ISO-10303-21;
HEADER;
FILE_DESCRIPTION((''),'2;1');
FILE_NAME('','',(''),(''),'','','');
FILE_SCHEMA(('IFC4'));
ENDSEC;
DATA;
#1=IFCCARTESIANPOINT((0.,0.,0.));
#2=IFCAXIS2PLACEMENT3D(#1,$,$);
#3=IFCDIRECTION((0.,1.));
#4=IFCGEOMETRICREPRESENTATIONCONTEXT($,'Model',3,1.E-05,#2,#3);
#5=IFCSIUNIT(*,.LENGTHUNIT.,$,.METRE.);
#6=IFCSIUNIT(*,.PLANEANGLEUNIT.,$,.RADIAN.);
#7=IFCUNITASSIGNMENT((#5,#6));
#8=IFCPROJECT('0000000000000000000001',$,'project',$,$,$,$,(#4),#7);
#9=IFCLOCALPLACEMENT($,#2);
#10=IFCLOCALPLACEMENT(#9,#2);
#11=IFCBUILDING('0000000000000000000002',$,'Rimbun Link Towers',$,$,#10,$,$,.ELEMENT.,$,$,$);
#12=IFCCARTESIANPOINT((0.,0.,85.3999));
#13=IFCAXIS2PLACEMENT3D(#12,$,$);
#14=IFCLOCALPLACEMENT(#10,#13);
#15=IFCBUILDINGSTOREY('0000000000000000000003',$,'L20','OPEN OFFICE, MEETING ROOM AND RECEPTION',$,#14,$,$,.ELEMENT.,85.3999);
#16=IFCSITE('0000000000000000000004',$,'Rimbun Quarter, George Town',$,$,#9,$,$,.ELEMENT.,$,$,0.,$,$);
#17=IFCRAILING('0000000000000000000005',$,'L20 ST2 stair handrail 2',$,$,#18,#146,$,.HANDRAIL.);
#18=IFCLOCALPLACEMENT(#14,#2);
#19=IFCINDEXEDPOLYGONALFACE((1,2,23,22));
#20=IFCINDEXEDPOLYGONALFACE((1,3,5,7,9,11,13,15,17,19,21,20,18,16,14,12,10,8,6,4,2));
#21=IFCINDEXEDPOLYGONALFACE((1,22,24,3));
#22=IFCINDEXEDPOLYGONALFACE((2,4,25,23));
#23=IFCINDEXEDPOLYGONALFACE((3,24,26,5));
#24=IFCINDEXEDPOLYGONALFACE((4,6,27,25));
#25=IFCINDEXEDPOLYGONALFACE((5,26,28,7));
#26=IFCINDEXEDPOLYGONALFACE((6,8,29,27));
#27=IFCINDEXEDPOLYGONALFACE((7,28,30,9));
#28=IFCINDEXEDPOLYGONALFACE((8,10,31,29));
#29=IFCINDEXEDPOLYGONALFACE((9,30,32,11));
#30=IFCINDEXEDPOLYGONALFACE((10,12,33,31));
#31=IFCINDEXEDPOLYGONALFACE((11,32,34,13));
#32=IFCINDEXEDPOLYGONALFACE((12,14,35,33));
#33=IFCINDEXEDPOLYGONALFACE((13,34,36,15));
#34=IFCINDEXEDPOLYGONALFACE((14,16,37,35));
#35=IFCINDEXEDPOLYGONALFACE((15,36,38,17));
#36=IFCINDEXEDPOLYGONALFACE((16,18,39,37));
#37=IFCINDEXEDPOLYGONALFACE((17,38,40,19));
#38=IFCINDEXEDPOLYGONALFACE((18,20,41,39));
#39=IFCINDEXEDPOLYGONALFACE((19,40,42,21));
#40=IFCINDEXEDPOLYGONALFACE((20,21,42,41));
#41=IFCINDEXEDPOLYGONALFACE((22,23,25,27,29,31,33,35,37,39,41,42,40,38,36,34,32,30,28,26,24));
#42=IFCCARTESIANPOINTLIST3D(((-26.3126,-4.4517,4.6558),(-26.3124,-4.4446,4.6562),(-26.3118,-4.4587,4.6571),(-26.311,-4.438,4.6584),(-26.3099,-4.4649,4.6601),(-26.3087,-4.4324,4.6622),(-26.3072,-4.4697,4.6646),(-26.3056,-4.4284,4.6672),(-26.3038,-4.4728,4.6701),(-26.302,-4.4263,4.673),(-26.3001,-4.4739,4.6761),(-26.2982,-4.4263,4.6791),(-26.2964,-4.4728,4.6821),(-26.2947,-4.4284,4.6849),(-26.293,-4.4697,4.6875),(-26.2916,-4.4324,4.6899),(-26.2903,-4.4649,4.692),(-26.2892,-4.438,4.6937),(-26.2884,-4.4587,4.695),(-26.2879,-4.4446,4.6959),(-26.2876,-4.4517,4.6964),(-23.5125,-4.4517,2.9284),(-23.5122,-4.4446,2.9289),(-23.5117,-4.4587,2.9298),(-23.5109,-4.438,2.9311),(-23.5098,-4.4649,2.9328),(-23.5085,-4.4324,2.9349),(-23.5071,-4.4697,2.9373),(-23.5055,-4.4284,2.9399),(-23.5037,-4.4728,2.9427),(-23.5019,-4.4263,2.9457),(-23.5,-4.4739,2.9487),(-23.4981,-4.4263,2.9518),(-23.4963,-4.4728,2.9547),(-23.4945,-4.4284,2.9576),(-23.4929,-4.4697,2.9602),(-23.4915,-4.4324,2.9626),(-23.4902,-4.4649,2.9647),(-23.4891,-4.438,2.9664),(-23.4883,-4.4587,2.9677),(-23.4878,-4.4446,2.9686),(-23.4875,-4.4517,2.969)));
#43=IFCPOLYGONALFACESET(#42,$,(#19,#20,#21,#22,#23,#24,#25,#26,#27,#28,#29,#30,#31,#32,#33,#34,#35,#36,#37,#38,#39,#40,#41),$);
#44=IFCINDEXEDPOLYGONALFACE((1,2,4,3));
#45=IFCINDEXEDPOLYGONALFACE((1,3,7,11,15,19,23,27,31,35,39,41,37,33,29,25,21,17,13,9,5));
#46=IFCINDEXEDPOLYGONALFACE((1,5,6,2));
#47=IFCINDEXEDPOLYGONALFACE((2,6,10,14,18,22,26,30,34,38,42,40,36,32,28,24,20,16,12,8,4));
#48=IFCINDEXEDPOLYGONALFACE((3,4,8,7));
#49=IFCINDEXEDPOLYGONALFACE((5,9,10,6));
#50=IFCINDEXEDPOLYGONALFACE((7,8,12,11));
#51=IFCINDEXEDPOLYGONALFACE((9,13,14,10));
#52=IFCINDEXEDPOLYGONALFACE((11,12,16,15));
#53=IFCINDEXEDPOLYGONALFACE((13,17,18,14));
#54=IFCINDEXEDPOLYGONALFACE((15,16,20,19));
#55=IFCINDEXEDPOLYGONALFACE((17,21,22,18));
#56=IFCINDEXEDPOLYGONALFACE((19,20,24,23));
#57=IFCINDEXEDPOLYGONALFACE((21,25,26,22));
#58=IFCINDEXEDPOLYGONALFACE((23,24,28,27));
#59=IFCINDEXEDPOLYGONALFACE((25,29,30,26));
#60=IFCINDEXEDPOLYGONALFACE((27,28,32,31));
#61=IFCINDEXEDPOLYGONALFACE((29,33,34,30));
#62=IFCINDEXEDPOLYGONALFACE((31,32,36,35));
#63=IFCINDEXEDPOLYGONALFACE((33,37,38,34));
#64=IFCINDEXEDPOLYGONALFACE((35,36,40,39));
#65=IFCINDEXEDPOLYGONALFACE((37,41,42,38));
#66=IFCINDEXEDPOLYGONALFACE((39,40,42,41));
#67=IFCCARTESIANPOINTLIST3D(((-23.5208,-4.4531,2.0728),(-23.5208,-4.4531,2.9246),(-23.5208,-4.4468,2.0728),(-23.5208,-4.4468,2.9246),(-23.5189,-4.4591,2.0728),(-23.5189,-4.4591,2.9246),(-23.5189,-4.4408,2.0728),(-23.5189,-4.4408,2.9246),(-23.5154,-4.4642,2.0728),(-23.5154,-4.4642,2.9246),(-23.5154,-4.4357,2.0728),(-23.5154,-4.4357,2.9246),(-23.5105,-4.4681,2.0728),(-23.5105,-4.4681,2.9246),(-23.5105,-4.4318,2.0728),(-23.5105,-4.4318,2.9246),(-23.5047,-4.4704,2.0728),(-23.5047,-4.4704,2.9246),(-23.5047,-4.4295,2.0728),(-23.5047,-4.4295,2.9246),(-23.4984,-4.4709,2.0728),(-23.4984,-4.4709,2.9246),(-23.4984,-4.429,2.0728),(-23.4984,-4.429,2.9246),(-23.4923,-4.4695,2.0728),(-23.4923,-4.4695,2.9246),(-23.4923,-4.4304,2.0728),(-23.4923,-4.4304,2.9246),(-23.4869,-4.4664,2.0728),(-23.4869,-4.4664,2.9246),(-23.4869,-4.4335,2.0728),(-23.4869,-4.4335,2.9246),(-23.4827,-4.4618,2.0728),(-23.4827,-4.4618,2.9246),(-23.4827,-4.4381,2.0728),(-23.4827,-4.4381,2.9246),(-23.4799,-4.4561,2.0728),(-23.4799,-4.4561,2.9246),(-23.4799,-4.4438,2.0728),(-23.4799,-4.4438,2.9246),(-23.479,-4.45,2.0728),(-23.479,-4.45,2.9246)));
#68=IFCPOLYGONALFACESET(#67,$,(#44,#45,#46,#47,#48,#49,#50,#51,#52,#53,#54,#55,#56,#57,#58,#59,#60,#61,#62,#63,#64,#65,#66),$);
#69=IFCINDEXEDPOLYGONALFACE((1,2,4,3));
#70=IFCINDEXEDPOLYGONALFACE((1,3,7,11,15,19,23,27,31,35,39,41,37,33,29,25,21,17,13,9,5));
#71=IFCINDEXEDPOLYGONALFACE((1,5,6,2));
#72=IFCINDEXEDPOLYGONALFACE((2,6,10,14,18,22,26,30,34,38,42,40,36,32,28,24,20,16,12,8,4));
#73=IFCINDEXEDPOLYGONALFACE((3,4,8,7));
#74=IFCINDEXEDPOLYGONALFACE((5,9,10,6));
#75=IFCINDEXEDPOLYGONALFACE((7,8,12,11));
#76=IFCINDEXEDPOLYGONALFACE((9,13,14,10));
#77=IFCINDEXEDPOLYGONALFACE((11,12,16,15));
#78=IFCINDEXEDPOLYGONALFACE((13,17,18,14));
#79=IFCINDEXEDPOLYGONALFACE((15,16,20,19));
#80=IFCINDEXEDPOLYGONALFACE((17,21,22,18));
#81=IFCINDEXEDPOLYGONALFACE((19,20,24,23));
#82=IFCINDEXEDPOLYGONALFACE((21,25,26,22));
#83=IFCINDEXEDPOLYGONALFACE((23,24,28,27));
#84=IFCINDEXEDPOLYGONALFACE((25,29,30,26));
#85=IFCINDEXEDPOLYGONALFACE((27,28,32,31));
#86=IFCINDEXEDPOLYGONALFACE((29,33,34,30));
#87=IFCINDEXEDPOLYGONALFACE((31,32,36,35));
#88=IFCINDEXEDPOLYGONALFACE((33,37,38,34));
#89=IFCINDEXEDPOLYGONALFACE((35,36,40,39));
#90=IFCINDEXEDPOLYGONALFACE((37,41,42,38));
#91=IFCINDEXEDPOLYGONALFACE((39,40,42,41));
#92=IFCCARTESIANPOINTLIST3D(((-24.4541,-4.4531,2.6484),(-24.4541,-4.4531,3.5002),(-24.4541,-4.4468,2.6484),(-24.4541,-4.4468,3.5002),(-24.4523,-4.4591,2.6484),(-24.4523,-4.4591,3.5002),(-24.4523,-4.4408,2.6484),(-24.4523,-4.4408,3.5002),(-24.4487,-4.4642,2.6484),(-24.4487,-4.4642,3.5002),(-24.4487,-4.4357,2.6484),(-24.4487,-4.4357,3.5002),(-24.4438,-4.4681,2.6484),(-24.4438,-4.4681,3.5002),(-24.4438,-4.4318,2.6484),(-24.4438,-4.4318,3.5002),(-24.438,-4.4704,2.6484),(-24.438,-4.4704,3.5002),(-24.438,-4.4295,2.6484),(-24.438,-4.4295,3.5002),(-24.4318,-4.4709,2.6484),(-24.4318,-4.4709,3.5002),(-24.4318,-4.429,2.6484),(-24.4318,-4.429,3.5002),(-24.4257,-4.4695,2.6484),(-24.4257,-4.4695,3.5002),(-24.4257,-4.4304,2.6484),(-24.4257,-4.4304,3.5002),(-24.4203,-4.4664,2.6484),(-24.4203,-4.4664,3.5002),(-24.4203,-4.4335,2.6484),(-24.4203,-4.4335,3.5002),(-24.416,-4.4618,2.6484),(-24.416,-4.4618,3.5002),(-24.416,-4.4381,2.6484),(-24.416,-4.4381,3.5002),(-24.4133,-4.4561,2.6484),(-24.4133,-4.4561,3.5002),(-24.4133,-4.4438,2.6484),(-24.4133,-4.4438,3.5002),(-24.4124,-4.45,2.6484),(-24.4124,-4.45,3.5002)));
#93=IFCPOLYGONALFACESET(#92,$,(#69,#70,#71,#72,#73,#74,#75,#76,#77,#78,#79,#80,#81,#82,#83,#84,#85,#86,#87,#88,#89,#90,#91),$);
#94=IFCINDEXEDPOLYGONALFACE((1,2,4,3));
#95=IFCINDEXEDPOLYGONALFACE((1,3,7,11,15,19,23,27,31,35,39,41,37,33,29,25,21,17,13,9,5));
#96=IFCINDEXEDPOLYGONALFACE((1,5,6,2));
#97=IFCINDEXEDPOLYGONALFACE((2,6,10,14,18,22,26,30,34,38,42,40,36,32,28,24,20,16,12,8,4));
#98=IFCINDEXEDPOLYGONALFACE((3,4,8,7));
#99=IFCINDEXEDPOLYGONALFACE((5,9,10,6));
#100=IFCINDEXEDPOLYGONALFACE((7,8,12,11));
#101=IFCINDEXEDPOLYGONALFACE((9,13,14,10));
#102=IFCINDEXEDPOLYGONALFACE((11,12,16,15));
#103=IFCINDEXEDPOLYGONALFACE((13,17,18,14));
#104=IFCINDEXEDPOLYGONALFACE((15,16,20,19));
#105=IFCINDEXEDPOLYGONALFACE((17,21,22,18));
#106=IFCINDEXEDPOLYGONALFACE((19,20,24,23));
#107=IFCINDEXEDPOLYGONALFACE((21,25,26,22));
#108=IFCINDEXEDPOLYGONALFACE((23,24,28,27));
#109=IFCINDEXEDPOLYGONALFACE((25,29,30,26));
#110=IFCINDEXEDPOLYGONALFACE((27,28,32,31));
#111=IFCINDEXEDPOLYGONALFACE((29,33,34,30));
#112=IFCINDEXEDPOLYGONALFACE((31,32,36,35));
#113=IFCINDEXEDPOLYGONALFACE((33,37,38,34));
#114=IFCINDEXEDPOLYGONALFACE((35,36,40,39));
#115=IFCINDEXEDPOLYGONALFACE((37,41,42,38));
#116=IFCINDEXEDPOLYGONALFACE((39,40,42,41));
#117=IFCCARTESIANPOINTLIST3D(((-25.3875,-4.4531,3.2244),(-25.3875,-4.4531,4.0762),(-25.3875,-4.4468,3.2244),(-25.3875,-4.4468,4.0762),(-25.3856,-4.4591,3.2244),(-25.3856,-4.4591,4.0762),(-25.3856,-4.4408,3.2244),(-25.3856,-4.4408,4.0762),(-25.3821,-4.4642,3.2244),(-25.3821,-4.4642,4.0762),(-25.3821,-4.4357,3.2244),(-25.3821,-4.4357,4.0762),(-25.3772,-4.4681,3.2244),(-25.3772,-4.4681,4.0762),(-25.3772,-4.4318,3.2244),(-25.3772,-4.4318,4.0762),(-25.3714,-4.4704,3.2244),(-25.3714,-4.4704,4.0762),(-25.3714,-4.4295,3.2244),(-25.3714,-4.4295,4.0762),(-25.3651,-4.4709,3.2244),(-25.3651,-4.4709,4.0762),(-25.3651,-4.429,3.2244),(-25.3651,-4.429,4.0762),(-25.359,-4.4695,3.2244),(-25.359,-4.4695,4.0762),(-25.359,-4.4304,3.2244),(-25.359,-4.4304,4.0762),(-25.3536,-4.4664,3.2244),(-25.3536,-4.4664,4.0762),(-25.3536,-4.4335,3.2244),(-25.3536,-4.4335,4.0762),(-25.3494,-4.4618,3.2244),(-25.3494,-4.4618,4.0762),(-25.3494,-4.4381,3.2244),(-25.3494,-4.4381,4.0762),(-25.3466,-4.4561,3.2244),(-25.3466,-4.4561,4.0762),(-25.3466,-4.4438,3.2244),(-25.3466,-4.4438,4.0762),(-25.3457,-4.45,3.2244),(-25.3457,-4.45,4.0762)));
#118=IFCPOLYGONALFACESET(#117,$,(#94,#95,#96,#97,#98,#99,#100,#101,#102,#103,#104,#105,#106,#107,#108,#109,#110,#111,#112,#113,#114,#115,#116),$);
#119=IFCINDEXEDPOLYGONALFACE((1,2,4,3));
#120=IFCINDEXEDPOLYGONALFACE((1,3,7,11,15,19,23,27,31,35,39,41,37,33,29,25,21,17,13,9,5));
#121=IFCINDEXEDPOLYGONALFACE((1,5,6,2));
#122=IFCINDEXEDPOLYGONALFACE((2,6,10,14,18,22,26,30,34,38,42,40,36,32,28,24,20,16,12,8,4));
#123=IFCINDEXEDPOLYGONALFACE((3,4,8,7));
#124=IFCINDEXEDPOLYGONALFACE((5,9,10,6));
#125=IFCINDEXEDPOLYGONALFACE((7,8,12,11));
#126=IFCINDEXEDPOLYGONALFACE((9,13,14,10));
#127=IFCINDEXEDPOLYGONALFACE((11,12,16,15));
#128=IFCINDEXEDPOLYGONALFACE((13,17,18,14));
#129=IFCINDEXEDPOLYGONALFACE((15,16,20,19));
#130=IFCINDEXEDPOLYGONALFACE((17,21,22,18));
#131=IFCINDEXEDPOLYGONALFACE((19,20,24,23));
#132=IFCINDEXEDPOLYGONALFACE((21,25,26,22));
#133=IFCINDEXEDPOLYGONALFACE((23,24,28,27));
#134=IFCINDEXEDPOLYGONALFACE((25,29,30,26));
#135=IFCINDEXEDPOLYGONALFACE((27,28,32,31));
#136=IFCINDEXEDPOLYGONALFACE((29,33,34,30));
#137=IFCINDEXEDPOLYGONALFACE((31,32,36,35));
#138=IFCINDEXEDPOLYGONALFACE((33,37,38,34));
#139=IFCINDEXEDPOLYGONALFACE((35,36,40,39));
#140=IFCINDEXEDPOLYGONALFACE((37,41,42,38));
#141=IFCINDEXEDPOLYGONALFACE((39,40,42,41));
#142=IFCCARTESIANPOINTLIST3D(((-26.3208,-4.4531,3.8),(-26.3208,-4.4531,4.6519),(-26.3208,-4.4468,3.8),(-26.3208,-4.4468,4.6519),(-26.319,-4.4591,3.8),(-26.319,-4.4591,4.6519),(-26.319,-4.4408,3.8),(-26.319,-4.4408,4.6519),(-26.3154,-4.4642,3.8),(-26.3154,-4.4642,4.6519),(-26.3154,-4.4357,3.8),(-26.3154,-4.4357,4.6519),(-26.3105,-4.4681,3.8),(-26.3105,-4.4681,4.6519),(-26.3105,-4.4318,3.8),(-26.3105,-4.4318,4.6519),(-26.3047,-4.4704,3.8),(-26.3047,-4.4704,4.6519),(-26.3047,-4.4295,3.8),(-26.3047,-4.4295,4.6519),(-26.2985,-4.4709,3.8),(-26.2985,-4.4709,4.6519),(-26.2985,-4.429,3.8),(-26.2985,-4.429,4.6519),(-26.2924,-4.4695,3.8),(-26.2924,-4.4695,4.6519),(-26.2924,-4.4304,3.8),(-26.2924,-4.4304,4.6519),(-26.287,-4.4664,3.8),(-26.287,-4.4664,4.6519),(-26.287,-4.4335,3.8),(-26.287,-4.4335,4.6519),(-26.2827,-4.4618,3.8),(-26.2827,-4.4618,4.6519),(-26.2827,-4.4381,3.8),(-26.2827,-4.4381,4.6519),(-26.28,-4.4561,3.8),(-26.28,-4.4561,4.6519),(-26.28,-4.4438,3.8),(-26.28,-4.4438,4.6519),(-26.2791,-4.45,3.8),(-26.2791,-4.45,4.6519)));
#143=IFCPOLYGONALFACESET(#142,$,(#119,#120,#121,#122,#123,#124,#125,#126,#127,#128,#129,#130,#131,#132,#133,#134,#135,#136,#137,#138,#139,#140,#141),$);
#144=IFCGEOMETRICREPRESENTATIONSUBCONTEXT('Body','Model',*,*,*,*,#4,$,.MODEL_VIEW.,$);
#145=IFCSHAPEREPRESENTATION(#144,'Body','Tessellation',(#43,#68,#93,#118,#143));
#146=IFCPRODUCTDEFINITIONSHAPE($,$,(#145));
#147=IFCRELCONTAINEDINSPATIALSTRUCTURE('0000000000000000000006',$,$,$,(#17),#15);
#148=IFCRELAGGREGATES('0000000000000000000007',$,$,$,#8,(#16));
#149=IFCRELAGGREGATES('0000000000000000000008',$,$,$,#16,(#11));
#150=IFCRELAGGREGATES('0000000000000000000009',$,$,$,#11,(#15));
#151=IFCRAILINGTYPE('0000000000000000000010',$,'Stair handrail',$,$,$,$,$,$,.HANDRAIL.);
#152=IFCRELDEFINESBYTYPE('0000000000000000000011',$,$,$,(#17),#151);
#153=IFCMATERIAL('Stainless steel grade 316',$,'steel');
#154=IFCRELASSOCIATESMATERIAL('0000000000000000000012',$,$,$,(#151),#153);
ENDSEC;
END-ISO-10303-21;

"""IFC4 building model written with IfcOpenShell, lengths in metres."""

from ifc_helpers import new_model, si_unit, direction, frame, origin, origin_2d, place, context, subcontext, project, spatial, circle, extrude, material, type_object, element, save


model = new_model("IFC4")

# Units and contexts
model_context = context("Model", 3, precision=1e-05, world=origin(), true_north=direction((0.0, 1.0)))
body_context = subcontext(model_context, "Body", "Model", "MODEL_VIEW")
ifc_project = project(units=[si_unit("LENGTHUNIT", "METRE"), si_unit("PLANEANGLEUNIT", "RADIAN")], contexts=[model_context])

# Site, building, storey
site_placement = place(None, origin())
site = spatial("IfcSite", under=ifc_project, at=site_placement, Name="Rimbun Quarter, George Town", CompositionType="ELEMENT", RefElevation=0.0)
building_placement = place(site_placement, origin())
building = spatial("IfcBuilding", under=site, at=building_placement, Name="Rimbun Link Towers", CompositionType="ELEMENT")
storey_placement = place(building_placement, frame((0.0, 0.0, 85.3999)))
storey = spatial("IfcBuildingStorey", under=building, at=storey_placement, Name="L20", Description="OPEN OFFICE, MEETING ROOM AND RECEPTION", CompositionType="ELEMENT", Elevation=85.3999)

# Railing
ifc_material_1 = material(Name="Stainless steel grade 316", Category="steel")
railing_type_1 = type_object("IfcRailingType", Name="Stair handrail", PredefinedType="HANDRAIL", material=ifc_material_1)
railing_1_placement = place(storey_placement, frame((-23.5, -4.45, 2.0728)))
element("IfcRailing", 1, at=railing_1_placement, inside=storey, type_object=railing_type_1, Name="L20 ST2 stair handrail 2", PredefinedType="HANDRAIL", context=body_context, shape_type="SweptSolid", body=[
    extrude(circle(Radius=0.0239, at=origin_2d()), frame((0.0, 0.0, 0.876), z_axis=(-0.85109, 0.0, 0.52502), x_axis=(0.0, -1.0, 0.0)), (0.0, 0.0, 1.0), 3.29),
    extrude(circle(Radius=0.021, at=origin_2d()), origin(), (0.0, 0.0, 1.0), 0.8518),
    extrude(circle(Radius=0.021, at=origin_2d()), frame((-0.9333, 0.0, 0.5757)), (0.0, 0.0, 1.0), 0.8518),
    extrude(circle(Radius=0.021, at=origin_2d()), frame((-1.8667, 0.0, 1.1516)), (0.0, 0.0, 1.0), 0.8518),
    extrude(circle(Radius=0.021, at=origin_2d()), frame((-2.8, 0.0, 1.7273)), (0.0, 0.0, 1.0), 0.8518),
])

save(model, "model.ifc")
